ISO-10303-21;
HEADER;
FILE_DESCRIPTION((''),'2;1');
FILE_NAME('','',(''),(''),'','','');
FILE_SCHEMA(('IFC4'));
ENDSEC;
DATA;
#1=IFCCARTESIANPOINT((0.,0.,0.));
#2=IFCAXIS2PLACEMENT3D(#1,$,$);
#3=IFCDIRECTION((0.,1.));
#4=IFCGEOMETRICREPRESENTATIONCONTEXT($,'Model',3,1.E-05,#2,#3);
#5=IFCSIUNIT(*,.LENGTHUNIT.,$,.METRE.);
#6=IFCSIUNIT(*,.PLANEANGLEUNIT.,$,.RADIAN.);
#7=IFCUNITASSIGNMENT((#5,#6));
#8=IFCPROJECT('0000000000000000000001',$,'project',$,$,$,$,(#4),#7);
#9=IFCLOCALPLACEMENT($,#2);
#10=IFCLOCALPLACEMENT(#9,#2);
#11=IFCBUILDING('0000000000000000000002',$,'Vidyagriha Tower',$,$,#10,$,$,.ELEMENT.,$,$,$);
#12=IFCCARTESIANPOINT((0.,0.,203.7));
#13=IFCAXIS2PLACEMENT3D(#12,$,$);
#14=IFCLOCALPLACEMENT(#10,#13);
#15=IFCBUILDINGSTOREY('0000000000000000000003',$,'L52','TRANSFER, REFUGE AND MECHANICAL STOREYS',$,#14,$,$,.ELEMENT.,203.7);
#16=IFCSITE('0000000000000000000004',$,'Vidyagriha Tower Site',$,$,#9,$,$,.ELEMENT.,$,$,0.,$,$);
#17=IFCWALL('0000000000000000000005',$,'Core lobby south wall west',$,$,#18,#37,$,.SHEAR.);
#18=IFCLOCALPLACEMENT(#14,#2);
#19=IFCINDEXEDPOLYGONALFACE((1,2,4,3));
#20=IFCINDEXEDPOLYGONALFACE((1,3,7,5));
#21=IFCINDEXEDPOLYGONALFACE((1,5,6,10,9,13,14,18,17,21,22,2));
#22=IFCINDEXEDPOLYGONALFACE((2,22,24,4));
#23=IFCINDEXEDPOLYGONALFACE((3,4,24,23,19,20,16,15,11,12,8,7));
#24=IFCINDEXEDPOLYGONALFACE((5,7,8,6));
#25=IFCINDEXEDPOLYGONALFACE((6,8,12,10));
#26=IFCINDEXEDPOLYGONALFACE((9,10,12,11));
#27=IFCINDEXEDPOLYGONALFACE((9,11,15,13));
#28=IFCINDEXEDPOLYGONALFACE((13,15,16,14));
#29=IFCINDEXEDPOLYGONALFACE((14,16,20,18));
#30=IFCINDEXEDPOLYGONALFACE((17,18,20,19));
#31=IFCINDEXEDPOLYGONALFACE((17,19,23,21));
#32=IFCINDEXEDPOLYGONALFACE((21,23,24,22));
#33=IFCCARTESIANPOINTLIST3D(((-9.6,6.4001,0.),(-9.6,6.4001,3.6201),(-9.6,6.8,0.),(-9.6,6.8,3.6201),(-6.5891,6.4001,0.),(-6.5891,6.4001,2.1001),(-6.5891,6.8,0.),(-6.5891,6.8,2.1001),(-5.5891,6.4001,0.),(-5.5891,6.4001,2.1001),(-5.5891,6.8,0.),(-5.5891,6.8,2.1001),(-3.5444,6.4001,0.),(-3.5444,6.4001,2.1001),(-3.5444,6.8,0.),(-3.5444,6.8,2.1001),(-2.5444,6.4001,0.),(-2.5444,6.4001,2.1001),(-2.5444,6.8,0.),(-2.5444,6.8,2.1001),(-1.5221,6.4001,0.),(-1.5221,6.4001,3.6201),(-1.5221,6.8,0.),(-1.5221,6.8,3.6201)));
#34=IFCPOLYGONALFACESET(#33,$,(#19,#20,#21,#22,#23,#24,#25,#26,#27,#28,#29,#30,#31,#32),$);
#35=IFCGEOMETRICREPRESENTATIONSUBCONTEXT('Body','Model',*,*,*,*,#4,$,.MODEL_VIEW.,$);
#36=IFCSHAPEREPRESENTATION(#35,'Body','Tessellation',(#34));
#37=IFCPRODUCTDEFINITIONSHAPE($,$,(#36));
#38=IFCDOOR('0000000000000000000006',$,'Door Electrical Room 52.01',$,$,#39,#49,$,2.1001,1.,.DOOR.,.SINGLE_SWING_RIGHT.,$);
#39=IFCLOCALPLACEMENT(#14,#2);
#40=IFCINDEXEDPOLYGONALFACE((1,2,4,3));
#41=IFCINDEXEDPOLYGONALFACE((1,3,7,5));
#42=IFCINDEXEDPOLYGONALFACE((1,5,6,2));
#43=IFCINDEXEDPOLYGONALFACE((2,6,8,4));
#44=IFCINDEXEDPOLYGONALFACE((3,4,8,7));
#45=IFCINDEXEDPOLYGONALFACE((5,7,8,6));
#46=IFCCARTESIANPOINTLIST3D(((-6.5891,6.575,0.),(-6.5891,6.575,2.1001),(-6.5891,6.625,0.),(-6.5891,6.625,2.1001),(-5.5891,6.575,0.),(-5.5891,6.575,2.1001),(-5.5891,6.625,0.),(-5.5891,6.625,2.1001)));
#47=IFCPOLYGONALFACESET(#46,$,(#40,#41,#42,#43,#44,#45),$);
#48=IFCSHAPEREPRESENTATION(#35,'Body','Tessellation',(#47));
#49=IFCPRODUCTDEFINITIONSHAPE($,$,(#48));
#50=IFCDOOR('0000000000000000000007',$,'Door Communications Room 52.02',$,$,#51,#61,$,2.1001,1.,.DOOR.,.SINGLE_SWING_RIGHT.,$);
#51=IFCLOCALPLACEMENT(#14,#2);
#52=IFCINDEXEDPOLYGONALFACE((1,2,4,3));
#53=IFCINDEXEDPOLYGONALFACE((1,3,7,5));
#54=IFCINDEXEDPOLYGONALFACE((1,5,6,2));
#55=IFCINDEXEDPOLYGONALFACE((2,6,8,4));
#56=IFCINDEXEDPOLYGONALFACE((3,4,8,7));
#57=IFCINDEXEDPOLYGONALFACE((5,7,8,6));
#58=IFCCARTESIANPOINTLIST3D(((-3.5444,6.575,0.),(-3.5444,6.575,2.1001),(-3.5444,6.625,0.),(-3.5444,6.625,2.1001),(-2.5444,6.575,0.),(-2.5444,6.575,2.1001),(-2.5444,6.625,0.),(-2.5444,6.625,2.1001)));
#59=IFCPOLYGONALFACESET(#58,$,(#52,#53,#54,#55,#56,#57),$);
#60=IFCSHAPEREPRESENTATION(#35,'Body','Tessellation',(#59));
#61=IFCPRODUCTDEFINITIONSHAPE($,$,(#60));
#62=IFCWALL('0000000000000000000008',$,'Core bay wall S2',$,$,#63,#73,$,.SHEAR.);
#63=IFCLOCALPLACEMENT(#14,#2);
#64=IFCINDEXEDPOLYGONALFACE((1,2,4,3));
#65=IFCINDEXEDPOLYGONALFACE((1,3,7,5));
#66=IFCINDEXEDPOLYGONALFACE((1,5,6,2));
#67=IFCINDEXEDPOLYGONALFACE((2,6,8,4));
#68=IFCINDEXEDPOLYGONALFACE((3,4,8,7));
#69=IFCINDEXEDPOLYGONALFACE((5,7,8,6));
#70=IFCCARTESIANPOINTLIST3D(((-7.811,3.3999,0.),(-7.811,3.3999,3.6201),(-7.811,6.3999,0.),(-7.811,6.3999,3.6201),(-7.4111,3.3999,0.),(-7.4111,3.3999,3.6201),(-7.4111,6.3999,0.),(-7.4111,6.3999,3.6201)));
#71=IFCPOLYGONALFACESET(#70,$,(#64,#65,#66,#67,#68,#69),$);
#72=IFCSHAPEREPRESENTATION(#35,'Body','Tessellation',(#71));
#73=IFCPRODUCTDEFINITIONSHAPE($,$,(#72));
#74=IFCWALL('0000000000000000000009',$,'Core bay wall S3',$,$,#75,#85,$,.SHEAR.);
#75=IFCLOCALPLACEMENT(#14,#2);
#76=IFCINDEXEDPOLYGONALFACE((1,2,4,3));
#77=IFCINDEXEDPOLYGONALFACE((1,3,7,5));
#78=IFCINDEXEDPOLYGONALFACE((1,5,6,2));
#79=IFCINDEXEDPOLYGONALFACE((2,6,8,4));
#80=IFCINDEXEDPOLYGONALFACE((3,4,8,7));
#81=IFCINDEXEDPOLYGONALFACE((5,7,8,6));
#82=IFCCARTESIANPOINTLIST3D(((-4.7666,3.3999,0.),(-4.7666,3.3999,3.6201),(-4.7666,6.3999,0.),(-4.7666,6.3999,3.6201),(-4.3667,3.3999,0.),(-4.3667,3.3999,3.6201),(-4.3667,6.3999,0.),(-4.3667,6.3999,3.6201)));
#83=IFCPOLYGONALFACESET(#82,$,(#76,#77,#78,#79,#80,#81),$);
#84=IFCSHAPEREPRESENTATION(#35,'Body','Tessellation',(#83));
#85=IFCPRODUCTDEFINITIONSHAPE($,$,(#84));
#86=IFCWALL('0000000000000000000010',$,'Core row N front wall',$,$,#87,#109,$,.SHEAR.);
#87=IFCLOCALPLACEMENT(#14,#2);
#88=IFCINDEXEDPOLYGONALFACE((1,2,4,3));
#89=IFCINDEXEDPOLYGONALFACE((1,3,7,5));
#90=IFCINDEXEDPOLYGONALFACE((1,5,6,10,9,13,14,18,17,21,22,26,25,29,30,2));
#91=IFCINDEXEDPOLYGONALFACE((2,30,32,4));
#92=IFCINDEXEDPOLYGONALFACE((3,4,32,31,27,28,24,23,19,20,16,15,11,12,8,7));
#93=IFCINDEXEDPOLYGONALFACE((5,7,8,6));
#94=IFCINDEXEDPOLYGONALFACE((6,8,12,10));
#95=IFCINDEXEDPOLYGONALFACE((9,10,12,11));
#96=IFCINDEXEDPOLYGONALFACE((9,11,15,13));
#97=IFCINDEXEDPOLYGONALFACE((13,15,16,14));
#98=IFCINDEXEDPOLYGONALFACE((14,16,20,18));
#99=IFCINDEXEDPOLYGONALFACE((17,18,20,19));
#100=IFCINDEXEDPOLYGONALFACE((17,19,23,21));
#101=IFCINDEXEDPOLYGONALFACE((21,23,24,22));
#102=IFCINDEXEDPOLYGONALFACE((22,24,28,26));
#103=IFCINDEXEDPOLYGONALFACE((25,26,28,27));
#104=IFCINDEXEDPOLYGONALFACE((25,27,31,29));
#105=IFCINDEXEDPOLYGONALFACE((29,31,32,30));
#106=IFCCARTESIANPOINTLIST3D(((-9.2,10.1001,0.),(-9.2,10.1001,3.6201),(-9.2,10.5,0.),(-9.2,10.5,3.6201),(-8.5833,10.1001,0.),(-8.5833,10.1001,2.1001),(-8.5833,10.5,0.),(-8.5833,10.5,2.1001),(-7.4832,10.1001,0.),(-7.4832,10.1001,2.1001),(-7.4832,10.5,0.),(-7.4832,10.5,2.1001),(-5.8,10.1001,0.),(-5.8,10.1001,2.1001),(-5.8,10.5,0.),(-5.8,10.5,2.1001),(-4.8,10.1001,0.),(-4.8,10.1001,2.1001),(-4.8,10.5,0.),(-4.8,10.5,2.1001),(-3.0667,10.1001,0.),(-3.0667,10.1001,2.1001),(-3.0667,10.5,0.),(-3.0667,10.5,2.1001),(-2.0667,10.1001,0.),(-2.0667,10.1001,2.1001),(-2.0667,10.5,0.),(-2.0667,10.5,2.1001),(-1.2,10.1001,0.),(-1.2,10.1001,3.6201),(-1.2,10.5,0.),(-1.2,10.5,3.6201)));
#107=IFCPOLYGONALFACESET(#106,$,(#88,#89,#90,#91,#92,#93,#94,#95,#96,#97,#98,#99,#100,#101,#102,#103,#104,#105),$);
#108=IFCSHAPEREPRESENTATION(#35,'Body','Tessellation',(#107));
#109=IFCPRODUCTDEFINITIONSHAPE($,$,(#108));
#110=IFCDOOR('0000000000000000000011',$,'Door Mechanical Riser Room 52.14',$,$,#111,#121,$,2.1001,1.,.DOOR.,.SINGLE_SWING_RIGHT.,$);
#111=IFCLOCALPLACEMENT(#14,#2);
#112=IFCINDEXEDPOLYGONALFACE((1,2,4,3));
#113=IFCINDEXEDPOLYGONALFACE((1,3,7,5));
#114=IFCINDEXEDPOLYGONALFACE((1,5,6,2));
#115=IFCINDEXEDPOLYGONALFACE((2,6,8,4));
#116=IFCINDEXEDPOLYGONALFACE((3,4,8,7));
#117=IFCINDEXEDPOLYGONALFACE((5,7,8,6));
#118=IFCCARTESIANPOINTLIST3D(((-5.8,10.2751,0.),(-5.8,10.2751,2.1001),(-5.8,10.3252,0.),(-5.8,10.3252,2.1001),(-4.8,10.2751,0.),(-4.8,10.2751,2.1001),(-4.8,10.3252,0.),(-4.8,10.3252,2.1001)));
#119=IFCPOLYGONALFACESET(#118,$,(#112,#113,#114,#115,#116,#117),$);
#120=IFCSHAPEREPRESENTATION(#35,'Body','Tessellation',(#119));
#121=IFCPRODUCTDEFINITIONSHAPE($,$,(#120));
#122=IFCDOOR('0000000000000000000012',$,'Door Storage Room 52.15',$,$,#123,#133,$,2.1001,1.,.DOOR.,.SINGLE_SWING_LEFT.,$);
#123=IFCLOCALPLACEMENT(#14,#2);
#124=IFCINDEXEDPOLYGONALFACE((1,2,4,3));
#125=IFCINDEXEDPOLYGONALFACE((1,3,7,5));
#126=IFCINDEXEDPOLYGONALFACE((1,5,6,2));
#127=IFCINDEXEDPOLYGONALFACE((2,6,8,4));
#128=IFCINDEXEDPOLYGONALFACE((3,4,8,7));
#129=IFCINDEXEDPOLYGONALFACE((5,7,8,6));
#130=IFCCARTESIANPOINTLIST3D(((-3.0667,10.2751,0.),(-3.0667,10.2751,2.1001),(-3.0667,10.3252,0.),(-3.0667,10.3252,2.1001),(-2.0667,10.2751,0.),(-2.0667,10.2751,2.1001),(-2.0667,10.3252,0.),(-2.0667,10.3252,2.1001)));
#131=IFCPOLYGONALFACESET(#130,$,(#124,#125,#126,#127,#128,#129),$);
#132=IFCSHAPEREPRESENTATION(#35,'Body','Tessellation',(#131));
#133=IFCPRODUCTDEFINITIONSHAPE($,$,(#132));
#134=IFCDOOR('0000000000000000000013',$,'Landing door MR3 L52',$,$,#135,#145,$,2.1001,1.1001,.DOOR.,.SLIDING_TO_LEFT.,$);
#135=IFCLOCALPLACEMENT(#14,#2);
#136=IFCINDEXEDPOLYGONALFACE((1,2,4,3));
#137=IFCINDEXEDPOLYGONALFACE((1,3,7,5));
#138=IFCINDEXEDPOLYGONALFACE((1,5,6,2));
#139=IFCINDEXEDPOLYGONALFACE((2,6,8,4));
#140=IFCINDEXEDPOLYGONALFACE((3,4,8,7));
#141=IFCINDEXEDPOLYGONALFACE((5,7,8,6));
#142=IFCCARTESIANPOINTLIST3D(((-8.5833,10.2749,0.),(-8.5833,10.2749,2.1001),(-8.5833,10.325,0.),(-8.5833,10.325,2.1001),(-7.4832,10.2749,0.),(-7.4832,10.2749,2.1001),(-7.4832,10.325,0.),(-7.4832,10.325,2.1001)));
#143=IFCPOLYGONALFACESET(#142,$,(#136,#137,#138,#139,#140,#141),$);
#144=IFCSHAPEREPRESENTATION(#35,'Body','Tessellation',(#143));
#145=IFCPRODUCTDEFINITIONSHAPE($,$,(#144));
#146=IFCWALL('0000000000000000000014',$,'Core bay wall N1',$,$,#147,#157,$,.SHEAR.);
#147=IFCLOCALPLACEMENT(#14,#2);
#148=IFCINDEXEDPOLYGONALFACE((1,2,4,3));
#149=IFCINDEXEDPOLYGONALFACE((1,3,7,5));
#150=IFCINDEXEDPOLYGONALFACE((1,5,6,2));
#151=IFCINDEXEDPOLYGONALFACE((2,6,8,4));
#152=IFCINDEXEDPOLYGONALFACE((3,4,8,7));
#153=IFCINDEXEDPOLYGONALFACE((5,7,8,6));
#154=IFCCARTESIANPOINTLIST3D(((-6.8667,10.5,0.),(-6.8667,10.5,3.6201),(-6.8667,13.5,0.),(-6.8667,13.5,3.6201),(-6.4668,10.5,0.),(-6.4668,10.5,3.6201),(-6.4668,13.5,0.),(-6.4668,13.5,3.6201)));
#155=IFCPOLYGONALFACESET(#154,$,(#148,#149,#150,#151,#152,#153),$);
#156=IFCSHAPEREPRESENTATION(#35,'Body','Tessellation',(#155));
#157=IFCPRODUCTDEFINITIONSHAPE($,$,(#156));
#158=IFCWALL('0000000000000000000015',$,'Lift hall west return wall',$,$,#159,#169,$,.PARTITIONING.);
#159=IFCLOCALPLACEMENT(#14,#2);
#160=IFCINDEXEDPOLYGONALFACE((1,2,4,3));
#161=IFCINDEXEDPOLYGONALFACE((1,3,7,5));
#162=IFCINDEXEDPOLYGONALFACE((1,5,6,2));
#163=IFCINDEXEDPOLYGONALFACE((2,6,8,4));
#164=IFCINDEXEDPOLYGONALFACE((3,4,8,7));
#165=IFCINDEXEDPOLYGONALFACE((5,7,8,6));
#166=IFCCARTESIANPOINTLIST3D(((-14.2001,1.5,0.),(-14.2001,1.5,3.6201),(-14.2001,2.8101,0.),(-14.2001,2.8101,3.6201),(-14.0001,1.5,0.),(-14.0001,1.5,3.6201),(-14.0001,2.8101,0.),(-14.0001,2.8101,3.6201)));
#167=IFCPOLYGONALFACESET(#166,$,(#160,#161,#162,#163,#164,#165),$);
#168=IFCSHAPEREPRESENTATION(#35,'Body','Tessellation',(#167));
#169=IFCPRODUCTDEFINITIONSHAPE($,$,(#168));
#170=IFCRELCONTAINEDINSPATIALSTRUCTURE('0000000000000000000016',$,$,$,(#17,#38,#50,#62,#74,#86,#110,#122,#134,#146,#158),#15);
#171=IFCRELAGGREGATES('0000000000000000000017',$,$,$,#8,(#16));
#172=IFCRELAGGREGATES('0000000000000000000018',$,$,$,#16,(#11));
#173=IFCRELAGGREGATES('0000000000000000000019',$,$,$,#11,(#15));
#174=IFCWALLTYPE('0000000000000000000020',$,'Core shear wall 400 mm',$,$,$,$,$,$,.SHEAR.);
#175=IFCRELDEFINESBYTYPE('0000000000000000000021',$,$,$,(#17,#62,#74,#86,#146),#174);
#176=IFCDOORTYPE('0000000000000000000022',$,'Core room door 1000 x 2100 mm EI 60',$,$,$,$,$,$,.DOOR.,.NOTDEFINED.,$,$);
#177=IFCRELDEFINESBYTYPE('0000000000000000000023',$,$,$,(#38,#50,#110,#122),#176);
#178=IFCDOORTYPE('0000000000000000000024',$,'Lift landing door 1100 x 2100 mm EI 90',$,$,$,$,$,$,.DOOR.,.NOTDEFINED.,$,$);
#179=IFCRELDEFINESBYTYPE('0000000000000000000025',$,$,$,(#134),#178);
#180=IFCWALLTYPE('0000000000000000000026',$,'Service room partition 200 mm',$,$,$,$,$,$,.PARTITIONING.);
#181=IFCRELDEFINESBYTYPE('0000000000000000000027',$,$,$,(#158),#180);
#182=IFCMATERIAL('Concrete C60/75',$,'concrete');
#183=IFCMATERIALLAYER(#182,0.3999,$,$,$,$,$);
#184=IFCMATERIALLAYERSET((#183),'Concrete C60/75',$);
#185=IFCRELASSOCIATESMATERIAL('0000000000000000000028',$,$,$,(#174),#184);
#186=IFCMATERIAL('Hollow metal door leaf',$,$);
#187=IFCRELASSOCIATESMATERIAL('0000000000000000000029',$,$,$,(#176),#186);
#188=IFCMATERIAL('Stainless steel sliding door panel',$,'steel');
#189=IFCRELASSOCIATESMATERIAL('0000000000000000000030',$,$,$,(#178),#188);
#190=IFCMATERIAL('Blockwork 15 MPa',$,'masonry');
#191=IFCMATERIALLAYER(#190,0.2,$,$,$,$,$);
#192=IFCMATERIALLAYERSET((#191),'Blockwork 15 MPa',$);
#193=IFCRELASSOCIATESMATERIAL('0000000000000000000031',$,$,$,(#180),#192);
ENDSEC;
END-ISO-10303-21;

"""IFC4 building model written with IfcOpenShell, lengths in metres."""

from ifc_helpers import new_model, si_unit, direction, frame, frame_2d, origin, place, context, subcontext, project, spatial, rectangle, extrude, material, layer, layer_set, type_object, element, fill, save


model = new_model("IFC4")

# Units and contexts
model_context = context("Model", 3, precision=1e-05, world=origin(), true_north=direction((0.0, 1.0)))
body_context = subcontext(model_context, "Body", "Model", "MODEL_VIEW")
ifc_project = project(units=[si_unit("LENGTHUNIT", "METRE"), si_unit("PLANEANGLEUNIT", "RADIAN")], contexts=[model_context])

# Site, building, storey
site_placement = place(None, origin())
site = spatial("IfcSite", under=ifc_project, at=site_placement, Name="Vidyagriha Tower Site", CompositionType="ELEMENT", RefElevation=0.0)
building_placement = place(site_placement, origin())
building = spatial("IfcBuilding", under=site, at=building_placement, Name="Vidyagriha Tower", CompositionType="ELEMENT")
storey_placement = place(building_placement, frame((0.0, 0.0, 203.7)))
storey = spatial("IfcBuildingStorey", under=building, at=storey_placement, Name="L52", Description="TRANSFER, REFUGE AND MECHANICAL STOREYS", CompositionType="ELEMENT", Elevation=203.7)

# Shared definitions
ifc_material_1 = material(Name="Concrete C60/75", Category="concrete")
ifc_layer_1 = layer(ifc_material_1, 0.3999)
ifc_layer_set_1 = layer_set([ifc_layer_1], Name="Concrete C60/75")
wall_type_1 = type_object("IfcWallType", Name="Core shear wall 400 mm", PredefinedType="SHEAR", material=ifc_layer_set_1)
ifc_material_2 = material(Name="Hollow metal door leaf")
door_type_1 = type_object("IfcDoorType", Name="Core room door 1000 x 2100 mm EI 60", OperationType="NOTDEFINED", PredefinedType="DOOR", material=ifc_material_2)

# Wall, openings, doors
ifc_material_3 = material(Name="Stainless steel sliding door panel", Category="steel")
door_type_2 = type_object("IfcDoorType", Name="Lift landing door 1100 x 2100 mm EI 90", OperationType="NOTDEFINED", PredefinedType="DOOR", material=ifc_material_3)
wall_1_placement = place(storey_placement, frame((-9.6001, 6.6001, 0.0)))
wall_1 = element("IfcWall", 1, at=wall_1_placement, inside=storey, type_object=wall_type_1, Name="Core lobby south wall west", PredefinedType="SHEAR", context=body_context, shape_type="SweptSolid", body=[
    extrude(rectangle(XDim=8.0779, YDim=0.3999, at=frame_2d((4.0391, 0.0))), origin(), (0.0, 0.0, 1.0), 3.6201),
])
opening_1_placement = place(wall_1_placement, frame((3.011, 0.0, 0.0)))
opening_1 = element("IfcOpeningElement", 2, at=opening_1_placement, cuts=wall_1, PredefinedType="OPENING", context=body_context, shape_type="SweptSolid", body=[
    extrude(rectangle(XDim=1.0, YDim=2.1001, at=frame_2d((0.5, 1.05))), frame((0.0, 0.21, 0.0), z_axis=(0.0, -1.0, 0.0), x_axis=(1.0, 0.0, 0.0)), (0.0, 0.0, 1.0), 0.4199),
])
opening_2_placement = place(wall_1_placement, frame((6.0557, 0.0, 0.0)))
opening_2 = element("IfcOpeningElement", 3, at=opening_2_placement, cuts=wall_1, PredefinedType="OPENING", context=body_context, shape_type="SweptSolid", body=[
    extrude(rectangle(XDim=1.0, YDim=2.1001, at=frame_2d((0.5, 1.05))), frame((0.0, 0.21, 0.0), z_axis=(0.0, -1.0, 0.0), x_axis=(1.0, 0.0, 0.0)), (0.0, 0.0, 1.0), 0.4199),
])
door_1_placement = place(opening_1_placement, origin())
door_1 = element("IfcDoor", 4, at=door_1_placement, inside=storey, type_object=door_type_1, Name="Door Electrical Room 52.01", OperationType="SINGLE_SWING_RIGHT", OverallHeight=2.1001, OverallWidth=1.0, PredefinedType="DOOR", context=body_context, shape_type="SweptSolid", body=[
    extrude(rectangle(XDim=1.0, YDim=2.1001, at=frame_2d((0.5, 1.05))), frame((0.0, 0.0249, 0.0), z_axis=(0.0, -1.0, 0.0), x_axis=(1.0, 0.0, 0.0)), (0.0, 0.0, 1.0), 0.05),
])
fill(opening_1, door_1)
door_2_placement = place(opening_2_placement, origin())
door_2 = element("IfcDoor", 5, at=door_2_placement, inside=storey, type_object=door_type_1, Name="Door Communications Room 52.02", OperationType="SINGLE_SWING_RIGHT", OverallHeight=2.1001, OverallWidth=1.0, PredefinedType="DOOR", context=body_context, shape_type="SweptSolid", body=[
    extrude(rectangle(XDim=1.0, YDim=2.1001, at=frame_2d((0.5, 1.05))), frame((0.0, 0.0249, 0.0), z_axis=(0.0, -1.0, 0.0), x_axis=(1.0, 0.0, 0.0)), (0.0, 0.0, 1.0), 0.05),
])
fill(opening_2, door_2)

# Walls
for number, where, z_axis, x_axis, name in (
    (6, (-7.6111, 3.3999, 0.0), (0.0, 0.0, 1.0), (0.0, 1.0, 0.0), "Core bay wall S2"),
    (7, (-4.5667, 3.3999, 0.0), (0.0, 0.0, 1.0), (0.0, 1.0, 0.0), "Core bay wall S3"),
):
    element("IfcWall", number, at=place(storey_placement, frame(where, z_axis=z_axis, x_axis=x_axis)), inside=storey, type_object=wall_type_1, Name=name, PredefinedType="SHEAR", context=body_context, shape_type="SweptSolid", body=[
        extrude(rectangle(XDim=3.0, YDim=0.3999, at=frame_2d((1.5, 0.0))), origin(), (0.0, 0.0, 1.0), 3.6201),
    ])

# Wall, openings, doors
wall_2_placement = place(storey_placement, frame((-9.2, 10.3, 0.0)))
wall_2 = element("IfcWall", 8, at=wall_2_placement, inside=storey, type_object=wall_type_1, Name="Core row N front wall", PredefinedType="SHEAR", context=body_context, shape_type="SweptSolid", body=[
    extrude(rectangle(XDim=8.0, YDim=0.3999, at=frame_2d((4.0, 0.0))), origin(), (0.0, 0.0, 1.0), 3.6201),
])
opening_3_placement = place(wall_2_placement, frame((0.6167, 0.0, 0.0)))
opening_3 = element("IfcOpeningElement", 9, at=opening_3_placement, cuts=wall_2, PredefinedType="OPENING", context=body_context, shape_type="SweptSolid", body=[
    extrude(rectangle(XDim=1.1001, YDim=2.1001, at=frame_2d((0.55, 1.05))), frame((0.0, 0.21, 0.0), z_axis=(0.0, -1.0, 0.0), x_axis=(1.0, 0.0, 0.0)), (0.0, 0.0, 1.0), 0.4199),
])
opening_4_placement = place(wall_2_placement, frame((3.3999, 0.0, 0.0)))
opening_4 = element("IfcOpeningElement", 10, at=opening_4_placement, cuts=wall_2, PredefinedType="OPENING", context=body_context, shape_type="SweptSolid", body=[
    extrude(rectangle(XDim=1.0, YDim=2.1001, at=frame_2d((0.5, 1.05))), frame((0.0, 0.21, 0.0), z_axis=(0.0, -1.0, 0.0), x_axis=(1.0, 0.0, 0.0)), (0.0, 0.0, 1.0), 0.4199),
])
opening_5_placement = place(wall_2_placement, frame((6.1333, 0.0, 0.0)))
opening_5 = element("IfcOpeningElement", 11, at=opening_5_placement, cuts=wall_2, PredefinedType="OPENING", context=body_context, shape_type="SweptSolid", body=[
    extrude(rectangle(XDim=1.0, YDim=2.1001, at=frame_2d((0.5, 1.05))), frame((0.0, 0.21, 0.0), z_axis=(0.0, -1.0, 0.0), x_axis=(1.0, 0.0, 0.0)), (0.0, 0.0, 1.0), 0.4199),
])
door_3_placement = place(opening_4_placement, frame((1.0, 0.0, 0.0), z_axis=(0.0, 0.0, 1.0), x_axis=(-1.0, 0.0, 0.0)))
door_3 = element("IfcDoor", 12, at=door_3_placement, inside=storey, type_object=door_type_1, Name="Door Mechanical Riser Room 52.14", OperationType="SINGLE_SWING_RIGHT", OverallHeight=2.1001, OverallWidth=1.0, PredefinedType="DOOR", context=body_context, shape_type="SweptSolid", body=[
    extrude(rectangle(XDim=1.0, YDim=2.1001, at=frame_2d((0.5, 1.05))), frame((0.0, 0.0249, 0.0), z_axis=(0.0, -1.0, 0.0), x_axis=(1.0, 0.0, 0.0)), (0.0, 0.0, 1.0), 0.05),
])
fill(opening_4, door_3)
door_4_placement = place(opening_5_placement, frame((1.0, 0.0, 0.0), z_axis=(0.0, 0.0, 1.0), x_axis=(-1.0, 0.0, 0.0)))
door_4 = element("IfcDoor", 13, at=door_4_placement, inside=storey, type_object=door_type_1, Name="Door Storage Room 52.15", OperationType="SINGLE_SWING_LEFT", OverallHeight=2.1001, OverallWidth=1.0, PredefinedType="DOOR", context=body_context, shape_type="SweptSolid", body=[
    extrude(rectangle(XDim=1.0, YDim=2.1001, at=frame_2d((0.5, 1.05))), frame((0.0, 0.0249, 0.0), z_axis=(0.0, -1.0, 0.0), x_axis=(1.0, 0.0, 0.0)), (0.0, 0.0, 1.0), 0.05),
])
fill(opening_5, door_4)
door_5_placement = place(opening_3_placement, origin())
door_5 = element("IfcDoor", 14, at=door_5_placement, inside=storey, type_object=door_type_2, Name="Landing door MR3 L52", OperationType="SLIDING_TO_LEFT", OverallHeight=2.1001, OverallWidth=1.1001, PredefinedType="DOOR", context=body_context, shape_type="SweptSolid", body=[
    extrude(rectangle(XDim=1.1001, YDim=2.1001, at=frame_2d((0.55, 1.05))), frame((0.0, 0.0249, 0.0), z_axis=(0.0, -1.0, 0.0), x_axis=(1.0, 0.0, 0.0)), (0.0, 0.0, 1.0), 0.05),
])
fill(opening_3, door_5)

# Walls
wall_3_placement = place(storey_placement, frame((-6.6667, 10.5, 0.0), z_axis=(0.0, 0.0, 1.0), x_axis=(0.0, 1.0, 0.0)))
element("IfcWall", 15, at=wall_3_placement, inside=storey, type_object=wall_type_1, Name="Core bay wall N1", PredefinedType="SHEAR", context=body_context, shape_type="SweptSolid", body=[
    extrude(rectangle(XDim=3.0, YDim=0.3999, at=frame_2d((1.5, 0.0))), origin(), (0.0, 0.0, 1.0), 3.6201),
])
ifc_material_4 = material(Name="Blockwork 15 MPa", Category="masonry")
ifc_layer_2 = layer(ifc_material_4, 0.2)
ifc_layer_set_2 = layer_set([ifc_layer_2], Name="Blockwork 15 MPa")
wall_type_2 = type_object("IfcWallType", Name="Service room partition 200 mm", PredefinedType="PARTITIONING", material=ifc_layer_set_2)
wall_4_placement = place(storey_placement, frame((-14.1001, 1.5, 0.0), z_axis=(0.0, 0.0, 1.0), x_axis=(0.0, 1.0, 0.0)))
element("IfcWall", 16, at=wall_4_placement, inside=storey, type_object=wall_type_2, Name="Lift hall west return wall", PredefinedType="PARTITIONING", context=body_context, shape_type="SweptSolid", body=[
    extrude(rectangle(XDim=1.3101, YDim=0.2, at=frame_2d((0.655, 0.0))), origin(), (0.0, 0.0, 1.0), 3.6201),
])

save(model, "model.ifc")
